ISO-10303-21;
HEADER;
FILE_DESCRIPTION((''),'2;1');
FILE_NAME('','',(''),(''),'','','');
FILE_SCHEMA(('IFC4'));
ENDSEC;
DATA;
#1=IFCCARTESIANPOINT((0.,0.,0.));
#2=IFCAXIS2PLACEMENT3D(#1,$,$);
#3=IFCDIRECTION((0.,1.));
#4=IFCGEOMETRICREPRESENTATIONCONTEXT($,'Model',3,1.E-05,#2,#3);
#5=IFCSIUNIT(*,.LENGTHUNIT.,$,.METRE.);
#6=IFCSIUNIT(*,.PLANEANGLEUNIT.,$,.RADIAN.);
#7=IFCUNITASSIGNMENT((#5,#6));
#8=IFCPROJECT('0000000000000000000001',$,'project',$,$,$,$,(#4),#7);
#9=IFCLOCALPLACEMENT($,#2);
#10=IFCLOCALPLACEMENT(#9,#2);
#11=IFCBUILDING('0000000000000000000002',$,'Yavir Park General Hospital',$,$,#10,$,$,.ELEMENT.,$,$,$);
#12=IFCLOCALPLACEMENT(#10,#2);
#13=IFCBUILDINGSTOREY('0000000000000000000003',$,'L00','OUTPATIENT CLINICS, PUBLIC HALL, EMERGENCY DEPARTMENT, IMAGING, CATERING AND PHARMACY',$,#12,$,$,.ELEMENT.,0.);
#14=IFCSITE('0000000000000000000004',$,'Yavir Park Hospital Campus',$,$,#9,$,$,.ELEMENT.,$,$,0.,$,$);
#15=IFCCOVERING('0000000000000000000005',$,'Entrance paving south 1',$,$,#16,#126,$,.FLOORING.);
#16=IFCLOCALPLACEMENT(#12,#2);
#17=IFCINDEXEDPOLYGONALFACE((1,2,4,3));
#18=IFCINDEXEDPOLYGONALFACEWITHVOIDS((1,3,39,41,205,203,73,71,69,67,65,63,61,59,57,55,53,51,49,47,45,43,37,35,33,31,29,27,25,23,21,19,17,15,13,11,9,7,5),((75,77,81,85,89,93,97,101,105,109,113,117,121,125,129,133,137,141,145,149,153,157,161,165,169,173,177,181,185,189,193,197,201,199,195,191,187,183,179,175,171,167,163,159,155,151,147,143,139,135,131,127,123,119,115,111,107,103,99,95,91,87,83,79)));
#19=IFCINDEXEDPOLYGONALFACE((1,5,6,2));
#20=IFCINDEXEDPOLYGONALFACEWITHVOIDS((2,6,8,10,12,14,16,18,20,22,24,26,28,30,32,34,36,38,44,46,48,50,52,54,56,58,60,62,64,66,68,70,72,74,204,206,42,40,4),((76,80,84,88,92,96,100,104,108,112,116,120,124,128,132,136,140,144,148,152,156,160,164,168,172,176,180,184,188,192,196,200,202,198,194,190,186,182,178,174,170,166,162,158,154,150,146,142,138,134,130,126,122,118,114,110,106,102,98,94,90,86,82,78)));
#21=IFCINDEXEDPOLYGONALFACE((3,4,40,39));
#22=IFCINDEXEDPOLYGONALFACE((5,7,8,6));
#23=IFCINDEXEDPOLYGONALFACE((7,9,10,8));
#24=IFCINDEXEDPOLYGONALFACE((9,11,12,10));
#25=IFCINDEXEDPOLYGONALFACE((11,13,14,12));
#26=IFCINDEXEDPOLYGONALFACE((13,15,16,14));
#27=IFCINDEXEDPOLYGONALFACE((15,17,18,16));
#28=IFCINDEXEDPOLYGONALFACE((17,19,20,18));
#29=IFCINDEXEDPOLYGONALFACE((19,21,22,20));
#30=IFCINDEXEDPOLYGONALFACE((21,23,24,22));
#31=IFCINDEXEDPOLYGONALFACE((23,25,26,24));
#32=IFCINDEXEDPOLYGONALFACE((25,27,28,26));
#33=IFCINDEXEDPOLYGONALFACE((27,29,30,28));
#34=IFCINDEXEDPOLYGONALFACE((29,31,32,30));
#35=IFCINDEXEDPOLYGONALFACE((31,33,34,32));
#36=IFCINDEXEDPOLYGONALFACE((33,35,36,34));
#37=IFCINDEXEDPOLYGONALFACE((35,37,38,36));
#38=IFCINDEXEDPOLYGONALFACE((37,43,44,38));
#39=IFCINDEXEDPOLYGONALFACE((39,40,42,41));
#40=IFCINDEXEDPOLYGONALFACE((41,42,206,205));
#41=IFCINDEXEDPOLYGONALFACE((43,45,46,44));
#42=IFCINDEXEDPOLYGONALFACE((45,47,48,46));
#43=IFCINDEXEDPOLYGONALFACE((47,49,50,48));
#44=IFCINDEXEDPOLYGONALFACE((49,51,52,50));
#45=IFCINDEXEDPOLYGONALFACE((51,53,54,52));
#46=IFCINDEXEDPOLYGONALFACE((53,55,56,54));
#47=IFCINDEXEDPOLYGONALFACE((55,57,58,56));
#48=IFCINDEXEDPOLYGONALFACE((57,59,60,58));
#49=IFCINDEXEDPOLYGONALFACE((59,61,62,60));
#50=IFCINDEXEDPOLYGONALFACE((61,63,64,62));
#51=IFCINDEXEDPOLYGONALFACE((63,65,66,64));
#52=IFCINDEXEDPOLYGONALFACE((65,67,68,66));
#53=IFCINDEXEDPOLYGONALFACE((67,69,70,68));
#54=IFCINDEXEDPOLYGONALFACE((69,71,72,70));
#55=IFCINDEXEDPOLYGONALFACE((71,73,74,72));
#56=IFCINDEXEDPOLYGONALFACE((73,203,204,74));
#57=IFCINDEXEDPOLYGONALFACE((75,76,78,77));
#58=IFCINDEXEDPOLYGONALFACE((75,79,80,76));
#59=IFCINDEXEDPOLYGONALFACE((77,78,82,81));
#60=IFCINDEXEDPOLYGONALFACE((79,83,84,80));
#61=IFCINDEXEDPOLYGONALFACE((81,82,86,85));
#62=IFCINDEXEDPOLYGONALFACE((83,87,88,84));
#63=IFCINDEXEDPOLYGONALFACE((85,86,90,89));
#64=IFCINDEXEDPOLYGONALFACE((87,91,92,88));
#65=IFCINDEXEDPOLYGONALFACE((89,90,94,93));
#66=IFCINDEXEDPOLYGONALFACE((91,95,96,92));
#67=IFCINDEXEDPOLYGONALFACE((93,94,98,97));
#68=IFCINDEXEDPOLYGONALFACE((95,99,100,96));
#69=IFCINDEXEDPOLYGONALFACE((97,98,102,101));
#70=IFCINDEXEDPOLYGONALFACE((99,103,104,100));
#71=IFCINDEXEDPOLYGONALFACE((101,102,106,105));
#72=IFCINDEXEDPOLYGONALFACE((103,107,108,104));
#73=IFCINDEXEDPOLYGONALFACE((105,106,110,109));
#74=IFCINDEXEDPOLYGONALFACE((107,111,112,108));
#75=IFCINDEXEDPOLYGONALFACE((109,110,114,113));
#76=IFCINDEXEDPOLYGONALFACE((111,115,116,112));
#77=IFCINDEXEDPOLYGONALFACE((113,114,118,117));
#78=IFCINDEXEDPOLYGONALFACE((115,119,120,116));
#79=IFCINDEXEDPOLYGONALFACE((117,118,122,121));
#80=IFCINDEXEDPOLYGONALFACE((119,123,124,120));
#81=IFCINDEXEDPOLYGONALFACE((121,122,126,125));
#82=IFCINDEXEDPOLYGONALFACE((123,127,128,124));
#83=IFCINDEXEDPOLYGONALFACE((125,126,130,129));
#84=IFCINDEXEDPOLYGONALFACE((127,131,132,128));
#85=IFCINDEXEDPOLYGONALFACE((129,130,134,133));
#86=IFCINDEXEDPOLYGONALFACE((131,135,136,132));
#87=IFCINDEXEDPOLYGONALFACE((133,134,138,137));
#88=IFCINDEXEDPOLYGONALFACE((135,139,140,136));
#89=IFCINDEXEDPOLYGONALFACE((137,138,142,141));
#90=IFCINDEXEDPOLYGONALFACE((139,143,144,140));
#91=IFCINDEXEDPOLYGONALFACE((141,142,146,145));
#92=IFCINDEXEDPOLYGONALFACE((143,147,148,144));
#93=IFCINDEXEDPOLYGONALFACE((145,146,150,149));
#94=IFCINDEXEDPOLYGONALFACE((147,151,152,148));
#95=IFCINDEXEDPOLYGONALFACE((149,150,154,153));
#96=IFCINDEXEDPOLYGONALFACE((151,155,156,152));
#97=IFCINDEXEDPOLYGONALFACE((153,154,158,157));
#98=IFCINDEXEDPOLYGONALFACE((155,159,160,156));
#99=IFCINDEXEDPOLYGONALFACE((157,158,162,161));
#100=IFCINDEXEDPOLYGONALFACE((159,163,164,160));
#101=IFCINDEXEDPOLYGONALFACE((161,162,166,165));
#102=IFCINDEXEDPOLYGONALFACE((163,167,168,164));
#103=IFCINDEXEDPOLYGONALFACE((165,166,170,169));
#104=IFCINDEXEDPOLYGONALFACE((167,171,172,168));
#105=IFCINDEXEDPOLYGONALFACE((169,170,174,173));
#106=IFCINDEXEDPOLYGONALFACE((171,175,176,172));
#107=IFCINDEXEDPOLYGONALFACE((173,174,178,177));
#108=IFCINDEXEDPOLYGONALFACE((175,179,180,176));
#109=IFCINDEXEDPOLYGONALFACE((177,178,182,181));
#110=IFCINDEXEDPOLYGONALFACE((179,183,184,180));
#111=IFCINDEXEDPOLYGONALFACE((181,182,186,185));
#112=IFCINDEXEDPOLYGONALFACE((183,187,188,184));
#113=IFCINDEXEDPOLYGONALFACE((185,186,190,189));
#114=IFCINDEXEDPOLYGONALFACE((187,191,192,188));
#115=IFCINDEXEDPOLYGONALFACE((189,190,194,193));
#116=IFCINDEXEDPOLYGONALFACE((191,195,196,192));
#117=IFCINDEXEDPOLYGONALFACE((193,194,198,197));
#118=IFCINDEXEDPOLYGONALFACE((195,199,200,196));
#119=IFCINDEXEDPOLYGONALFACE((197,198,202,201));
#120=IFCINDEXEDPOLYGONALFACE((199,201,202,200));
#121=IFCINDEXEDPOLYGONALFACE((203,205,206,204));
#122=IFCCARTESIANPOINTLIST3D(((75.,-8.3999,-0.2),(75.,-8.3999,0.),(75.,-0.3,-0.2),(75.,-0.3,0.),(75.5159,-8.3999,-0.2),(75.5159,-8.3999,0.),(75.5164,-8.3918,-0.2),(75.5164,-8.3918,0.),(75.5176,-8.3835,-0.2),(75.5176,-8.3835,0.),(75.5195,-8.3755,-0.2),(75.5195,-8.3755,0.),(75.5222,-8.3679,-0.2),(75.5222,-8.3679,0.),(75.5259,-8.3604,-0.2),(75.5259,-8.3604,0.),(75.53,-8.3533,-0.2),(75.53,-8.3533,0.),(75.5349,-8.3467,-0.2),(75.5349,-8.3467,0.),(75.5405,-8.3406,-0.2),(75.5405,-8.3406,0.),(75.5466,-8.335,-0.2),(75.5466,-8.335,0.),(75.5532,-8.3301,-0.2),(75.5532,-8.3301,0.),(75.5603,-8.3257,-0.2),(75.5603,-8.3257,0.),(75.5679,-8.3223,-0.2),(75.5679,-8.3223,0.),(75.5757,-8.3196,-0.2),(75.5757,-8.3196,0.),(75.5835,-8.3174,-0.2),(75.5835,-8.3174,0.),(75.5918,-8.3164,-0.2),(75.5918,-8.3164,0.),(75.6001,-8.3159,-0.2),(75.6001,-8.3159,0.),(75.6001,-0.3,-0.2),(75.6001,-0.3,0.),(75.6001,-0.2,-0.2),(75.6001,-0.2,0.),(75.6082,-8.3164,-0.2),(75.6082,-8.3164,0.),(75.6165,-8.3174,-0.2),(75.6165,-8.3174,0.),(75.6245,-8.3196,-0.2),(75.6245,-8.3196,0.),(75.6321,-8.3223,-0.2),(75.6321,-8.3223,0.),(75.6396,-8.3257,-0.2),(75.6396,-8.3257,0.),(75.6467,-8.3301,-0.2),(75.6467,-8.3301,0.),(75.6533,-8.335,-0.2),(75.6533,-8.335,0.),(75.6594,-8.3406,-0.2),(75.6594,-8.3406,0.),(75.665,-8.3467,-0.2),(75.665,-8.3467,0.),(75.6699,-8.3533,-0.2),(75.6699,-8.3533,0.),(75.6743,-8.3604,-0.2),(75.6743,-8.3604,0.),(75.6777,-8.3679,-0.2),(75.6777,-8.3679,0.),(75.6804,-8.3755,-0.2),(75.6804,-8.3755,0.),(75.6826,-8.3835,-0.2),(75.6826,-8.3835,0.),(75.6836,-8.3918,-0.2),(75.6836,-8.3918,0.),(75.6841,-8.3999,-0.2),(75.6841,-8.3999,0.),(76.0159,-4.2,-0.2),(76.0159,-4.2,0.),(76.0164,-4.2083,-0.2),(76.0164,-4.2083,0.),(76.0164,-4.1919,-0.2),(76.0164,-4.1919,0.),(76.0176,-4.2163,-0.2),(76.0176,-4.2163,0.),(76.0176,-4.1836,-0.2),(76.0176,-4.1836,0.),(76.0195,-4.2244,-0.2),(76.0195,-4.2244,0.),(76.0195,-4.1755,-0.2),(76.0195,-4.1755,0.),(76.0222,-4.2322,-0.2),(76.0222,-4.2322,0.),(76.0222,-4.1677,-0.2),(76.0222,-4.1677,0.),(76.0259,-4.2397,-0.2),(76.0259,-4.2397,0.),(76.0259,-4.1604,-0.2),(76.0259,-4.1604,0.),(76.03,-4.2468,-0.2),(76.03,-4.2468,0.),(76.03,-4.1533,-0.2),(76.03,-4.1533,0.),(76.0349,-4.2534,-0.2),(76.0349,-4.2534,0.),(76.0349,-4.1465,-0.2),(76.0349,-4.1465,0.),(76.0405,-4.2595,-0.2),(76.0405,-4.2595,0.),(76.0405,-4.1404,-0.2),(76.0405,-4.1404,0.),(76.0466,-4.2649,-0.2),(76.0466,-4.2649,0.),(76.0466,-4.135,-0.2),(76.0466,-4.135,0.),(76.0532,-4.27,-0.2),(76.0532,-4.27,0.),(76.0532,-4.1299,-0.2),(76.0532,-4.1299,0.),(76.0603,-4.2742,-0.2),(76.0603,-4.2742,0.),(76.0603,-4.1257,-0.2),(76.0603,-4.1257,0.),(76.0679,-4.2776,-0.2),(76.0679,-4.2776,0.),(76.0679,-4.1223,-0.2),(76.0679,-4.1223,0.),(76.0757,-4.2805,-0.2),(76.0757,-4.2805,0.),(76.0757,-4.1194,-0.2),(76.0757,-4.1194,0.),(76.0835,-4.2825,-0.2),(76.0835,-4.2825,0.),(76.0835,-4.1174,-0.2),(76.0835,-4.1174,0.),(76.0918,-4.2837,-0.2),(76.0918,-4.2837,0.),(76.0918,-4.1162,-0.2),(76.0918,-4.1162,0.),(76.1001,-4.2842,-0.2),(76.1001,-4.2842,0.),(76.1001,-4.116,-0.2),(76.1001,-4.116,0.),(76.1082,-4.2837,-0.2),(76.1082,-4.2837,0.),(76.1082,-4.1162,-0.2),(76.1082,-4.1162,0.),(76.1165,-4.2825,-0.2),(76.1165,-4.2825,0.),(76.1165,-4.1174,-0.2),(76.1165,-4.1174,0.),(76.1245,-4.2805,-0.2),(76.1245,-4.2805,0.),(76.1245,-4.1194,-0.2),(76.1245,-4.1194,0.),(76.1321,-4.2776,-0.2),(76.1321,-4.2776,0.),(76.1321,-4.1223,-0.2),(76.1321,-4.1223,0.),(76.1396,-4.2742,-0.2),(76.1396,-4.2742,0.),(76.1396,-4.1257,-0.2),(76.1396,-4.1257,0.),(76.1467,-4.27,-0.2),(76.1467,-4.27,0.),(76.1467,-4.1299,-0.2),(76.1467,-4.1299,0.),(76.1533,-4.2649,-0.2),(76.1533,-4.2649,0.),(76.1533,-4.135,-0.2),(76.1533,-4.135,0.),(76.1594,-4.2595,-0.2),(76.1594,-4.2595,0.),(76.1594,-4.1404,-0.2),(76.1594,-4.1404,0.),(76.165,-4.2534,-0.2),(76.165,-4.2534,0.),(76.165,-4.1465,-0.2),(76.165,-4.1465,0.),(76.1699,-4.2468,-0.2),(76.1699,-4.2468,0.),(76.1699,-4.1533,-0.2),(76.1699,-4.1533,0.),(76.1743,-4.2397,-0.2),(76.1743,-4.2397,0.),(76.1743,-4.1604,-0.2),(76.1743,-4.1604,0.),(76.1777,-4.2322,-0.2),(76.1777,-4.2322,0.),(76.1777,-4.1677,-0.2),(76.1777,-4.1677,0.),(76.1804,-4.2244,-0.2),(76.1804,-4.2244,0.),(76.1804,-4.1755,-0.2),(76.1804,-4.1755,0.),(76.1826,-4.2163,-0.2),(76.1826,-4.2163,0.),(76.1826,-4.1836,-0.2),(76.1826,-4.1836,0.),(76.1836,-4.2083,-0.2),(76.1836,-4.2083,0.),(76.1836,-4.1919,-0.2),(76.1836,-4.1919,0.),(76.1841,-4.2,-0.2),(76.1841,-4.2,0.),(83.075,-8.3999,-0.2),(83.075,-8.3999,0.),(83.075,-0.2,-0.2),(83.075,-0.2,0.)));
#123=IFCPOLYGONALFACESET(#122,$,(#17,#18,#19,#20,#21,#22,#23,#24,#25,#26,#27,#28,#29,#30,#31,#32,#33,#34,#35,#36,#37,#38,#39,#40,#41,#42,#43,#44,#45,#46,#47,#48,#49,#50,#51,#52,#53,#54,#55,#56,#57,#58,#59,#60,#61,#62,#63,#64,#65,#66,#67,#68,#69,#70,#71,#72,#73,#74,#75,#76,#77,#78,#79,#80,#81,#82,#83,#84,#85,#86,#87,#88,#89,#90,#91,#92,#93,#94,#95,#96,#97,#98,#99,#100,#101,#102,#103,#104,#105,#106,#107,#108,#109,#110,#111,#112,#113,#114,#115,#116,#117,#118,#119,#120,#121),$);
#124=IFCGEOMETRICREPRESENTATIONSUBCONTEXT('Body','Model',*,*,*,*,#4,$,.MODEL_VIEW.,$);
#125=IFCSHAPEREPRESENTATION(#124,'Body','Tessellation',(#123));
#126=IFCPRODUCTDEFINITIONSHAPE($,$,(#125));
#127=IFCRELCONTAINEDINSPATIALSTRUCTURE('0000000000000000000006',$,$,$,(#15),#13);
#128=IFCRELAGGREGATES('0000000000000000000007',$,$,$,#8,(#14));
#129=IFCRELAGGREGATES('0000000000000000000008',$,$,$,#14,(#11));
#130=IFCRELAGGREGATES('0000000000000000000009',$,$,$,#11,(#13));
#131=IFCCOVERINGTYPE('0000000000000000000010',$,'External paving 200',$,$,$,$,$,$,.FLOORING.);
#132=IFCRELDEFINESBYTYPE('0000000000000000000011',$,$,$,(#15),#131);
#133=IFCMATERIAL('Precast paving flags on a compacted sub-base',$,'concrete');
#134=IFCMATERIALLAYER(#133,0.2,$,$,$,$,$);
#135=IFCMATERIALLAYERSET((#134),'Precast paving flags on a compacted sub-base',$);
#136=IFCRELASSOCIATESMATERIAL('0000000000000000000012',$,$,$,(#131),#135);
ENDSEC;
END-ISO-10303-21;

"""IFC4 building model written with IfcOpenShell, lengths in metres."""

from ifc_helpers import new_model, si_unit, direction, frame, origin, place, context, subcontext, project, spatial, polyline, outline, extrude, material, layer, layer_set, type_object, element, save


model = new_model("IFC4")

# Units and contexts
model_context = context("Model", 3, precision=1e-05, world=origin(), true_north=direction((0.0, 1.0)))
body_context = subcontext(model_context, "Body", "Model", "MODEL_VIEW")
ifc_project = project(units=[si_unit("LENGTHUNIT", "METRE"), si_unit("PLANEANGLEUNIT", "RADIAN")], contexts=[model_context])

# Site, building, storey
site_placement = place(None, origin())
site = spatial("IfcSite", under=ifc_project, at=site_placement, Name="Yavir Park Hospital Campus", CompositionType="ELEMENT", RefElevation=0.0)
building_placement = place(site_placement, origin())
building = spatial("IfcBuilding", under=site, at=building_placement, Name="Yavir Park General Hospital", CompositionType="ELEMENT")
storey_placement = place(building_placement, origin())
storey = spatial("IfcBuildingStorey", under=building, at=storey_placement, Name="L00", Description="OUTPATIENT CLINICS, PUBLIC HALL, EMERGENCY DEPARTMENT, IMAGING, CATERING AND PHARMACY", CompositionType="ELEMENT", Elevation=0.0)

# Covering
ifc_material_1 = material(Name="Precast paving flags on a compacted sub-base", Category="concrete")
ifc_layer_1 = layer(ifc_material_1, 0.2)
ifc_layer_set_1 = layer_set([ifc_layer_1], Name="Precast paving flags on a compacted sub-base")
covering_type = type_object("IfcCoveringType", Name="External paving 200", PredefinedType="FLOORING", material=ifc_layer_set_1)
covering_1_placement = place(storey_placement, frame((0.0, 0.0, -0.2)))
element("IfcCovering", 1, at=covering_1_placement, inside=storey, type_object=covering_type, Name="Entrance paving south 1", PredefinedType="FLOORING", context=body_context, shape_type="SweptSolid", body=[
    extrude(outline(polyline([(75.5918, -8.3164), (75.5835, -8.3174), (75.5757, -8.3196), (75.5679, -8.3223), (75.5603, -8.3257), (75.5532, -8.3301), (75.5466, -8.335), (75.5405, -8.3406), (75.5349, -8.3467), (75.53, -8.3533), (75.5259, -8.3604), (75.5222, -8.3679), (75.5195, -8.3755), (75.5176, -8.3835), (75.5164, -8.3918), (75.5159, -8.3999), (75.0, -8.3999), (75.0, -0.3), (75.6001, -0.3), (75.6001, -0.2), (83.075, -0.2), (83.075, -8.3999), (75.6841, -8.3999), (75.6836, -8.3918), (75.6826, -8.3835), (75.6804, -8.3755), (75.6777, -8.3679), (75.6743, -8.3604), (75.6699, -8.3533), (75.665, -8.3467), (75.6594, -8.3406), (75.6533, -8.335), (75.6467, -8.3301), (75.6396, -8.3257), (75.6321, -8.3223), (75.6245, -8.3196), (75.6165, -8.3174), (75.6082, -8.3164), (75.6001, -8.3159), (75.5918, -8.3164)]), holes=[polyline([(76.1001, -4.116), (76.0918, -4.1162), (76.0835, -4.1174), (76.0757, -4.1194), (76.0679, -4.1223), (76.0603, -4.1257), (76.0532, -4.1299), (76.0466, -4.135), (76.0405, -4.1404), (76.0349, -4.1465), (76.03, -4.1533), (76.0259, -4.1604), (76.0222, -4.1677), (76.0195, -4.1755), (76.0176, -4.1836), (76.0164, -4.1919), (76.0159, -4.2), (76.0164, -4.2083), (76.0176, -4.2163), (76.0195, -4.2244), (76.0222, -4.2322), (76.0259, -4.2397), (76.03, -4.2468), (76.0349, -4.2534), (76.0405, -4.2595), (76.0466, -4.2649), (76.0532, -4.27), (76.0603, -4.2742), (76.0679, -4.2776), (76.0757, -4.2805), (76.0835, -4.2825), (76.0918, -4.2837), (76.1001, -4.2842), (76.1082, -4.2837), (76.1165, -4.2825), (76.1245, -4.2805), (76.1321, -4.2776), (76.1396, -4.2742), (76.1467, -4.27), (76.1533, -4.2649), (76.1594, -4.2595), (76.165, -4.2534), (76.1699, -4.2468), (76.1743, -4.2397), (76.1777, -4.2322), (76.1804, -4.2244), (76.1826, -4.2163), (76.1836, -4.2083), (76.1841, -4.2), (76.1836, -4.1919), (76.1826, -4.1836), (76.1804, -4.1755), (76.1777, -4.1677), (76.1743, -4.1604), (76.1699, -4.1533), (76.165, -4.1465), (76.1594, -4.1404), (76.1533, -4.135), (76.1467, -4.1299), (76.1396, -4.1257), (76.1321, -4.1223), (76.1245, -4.1194), (76.1165, -4.1174), (76.1082, -4.1162), (76.1001, -4.116)])]), origin(), (0.0, 0.0, 1.0), 0.2),
])

save(model, "model.ifc")
